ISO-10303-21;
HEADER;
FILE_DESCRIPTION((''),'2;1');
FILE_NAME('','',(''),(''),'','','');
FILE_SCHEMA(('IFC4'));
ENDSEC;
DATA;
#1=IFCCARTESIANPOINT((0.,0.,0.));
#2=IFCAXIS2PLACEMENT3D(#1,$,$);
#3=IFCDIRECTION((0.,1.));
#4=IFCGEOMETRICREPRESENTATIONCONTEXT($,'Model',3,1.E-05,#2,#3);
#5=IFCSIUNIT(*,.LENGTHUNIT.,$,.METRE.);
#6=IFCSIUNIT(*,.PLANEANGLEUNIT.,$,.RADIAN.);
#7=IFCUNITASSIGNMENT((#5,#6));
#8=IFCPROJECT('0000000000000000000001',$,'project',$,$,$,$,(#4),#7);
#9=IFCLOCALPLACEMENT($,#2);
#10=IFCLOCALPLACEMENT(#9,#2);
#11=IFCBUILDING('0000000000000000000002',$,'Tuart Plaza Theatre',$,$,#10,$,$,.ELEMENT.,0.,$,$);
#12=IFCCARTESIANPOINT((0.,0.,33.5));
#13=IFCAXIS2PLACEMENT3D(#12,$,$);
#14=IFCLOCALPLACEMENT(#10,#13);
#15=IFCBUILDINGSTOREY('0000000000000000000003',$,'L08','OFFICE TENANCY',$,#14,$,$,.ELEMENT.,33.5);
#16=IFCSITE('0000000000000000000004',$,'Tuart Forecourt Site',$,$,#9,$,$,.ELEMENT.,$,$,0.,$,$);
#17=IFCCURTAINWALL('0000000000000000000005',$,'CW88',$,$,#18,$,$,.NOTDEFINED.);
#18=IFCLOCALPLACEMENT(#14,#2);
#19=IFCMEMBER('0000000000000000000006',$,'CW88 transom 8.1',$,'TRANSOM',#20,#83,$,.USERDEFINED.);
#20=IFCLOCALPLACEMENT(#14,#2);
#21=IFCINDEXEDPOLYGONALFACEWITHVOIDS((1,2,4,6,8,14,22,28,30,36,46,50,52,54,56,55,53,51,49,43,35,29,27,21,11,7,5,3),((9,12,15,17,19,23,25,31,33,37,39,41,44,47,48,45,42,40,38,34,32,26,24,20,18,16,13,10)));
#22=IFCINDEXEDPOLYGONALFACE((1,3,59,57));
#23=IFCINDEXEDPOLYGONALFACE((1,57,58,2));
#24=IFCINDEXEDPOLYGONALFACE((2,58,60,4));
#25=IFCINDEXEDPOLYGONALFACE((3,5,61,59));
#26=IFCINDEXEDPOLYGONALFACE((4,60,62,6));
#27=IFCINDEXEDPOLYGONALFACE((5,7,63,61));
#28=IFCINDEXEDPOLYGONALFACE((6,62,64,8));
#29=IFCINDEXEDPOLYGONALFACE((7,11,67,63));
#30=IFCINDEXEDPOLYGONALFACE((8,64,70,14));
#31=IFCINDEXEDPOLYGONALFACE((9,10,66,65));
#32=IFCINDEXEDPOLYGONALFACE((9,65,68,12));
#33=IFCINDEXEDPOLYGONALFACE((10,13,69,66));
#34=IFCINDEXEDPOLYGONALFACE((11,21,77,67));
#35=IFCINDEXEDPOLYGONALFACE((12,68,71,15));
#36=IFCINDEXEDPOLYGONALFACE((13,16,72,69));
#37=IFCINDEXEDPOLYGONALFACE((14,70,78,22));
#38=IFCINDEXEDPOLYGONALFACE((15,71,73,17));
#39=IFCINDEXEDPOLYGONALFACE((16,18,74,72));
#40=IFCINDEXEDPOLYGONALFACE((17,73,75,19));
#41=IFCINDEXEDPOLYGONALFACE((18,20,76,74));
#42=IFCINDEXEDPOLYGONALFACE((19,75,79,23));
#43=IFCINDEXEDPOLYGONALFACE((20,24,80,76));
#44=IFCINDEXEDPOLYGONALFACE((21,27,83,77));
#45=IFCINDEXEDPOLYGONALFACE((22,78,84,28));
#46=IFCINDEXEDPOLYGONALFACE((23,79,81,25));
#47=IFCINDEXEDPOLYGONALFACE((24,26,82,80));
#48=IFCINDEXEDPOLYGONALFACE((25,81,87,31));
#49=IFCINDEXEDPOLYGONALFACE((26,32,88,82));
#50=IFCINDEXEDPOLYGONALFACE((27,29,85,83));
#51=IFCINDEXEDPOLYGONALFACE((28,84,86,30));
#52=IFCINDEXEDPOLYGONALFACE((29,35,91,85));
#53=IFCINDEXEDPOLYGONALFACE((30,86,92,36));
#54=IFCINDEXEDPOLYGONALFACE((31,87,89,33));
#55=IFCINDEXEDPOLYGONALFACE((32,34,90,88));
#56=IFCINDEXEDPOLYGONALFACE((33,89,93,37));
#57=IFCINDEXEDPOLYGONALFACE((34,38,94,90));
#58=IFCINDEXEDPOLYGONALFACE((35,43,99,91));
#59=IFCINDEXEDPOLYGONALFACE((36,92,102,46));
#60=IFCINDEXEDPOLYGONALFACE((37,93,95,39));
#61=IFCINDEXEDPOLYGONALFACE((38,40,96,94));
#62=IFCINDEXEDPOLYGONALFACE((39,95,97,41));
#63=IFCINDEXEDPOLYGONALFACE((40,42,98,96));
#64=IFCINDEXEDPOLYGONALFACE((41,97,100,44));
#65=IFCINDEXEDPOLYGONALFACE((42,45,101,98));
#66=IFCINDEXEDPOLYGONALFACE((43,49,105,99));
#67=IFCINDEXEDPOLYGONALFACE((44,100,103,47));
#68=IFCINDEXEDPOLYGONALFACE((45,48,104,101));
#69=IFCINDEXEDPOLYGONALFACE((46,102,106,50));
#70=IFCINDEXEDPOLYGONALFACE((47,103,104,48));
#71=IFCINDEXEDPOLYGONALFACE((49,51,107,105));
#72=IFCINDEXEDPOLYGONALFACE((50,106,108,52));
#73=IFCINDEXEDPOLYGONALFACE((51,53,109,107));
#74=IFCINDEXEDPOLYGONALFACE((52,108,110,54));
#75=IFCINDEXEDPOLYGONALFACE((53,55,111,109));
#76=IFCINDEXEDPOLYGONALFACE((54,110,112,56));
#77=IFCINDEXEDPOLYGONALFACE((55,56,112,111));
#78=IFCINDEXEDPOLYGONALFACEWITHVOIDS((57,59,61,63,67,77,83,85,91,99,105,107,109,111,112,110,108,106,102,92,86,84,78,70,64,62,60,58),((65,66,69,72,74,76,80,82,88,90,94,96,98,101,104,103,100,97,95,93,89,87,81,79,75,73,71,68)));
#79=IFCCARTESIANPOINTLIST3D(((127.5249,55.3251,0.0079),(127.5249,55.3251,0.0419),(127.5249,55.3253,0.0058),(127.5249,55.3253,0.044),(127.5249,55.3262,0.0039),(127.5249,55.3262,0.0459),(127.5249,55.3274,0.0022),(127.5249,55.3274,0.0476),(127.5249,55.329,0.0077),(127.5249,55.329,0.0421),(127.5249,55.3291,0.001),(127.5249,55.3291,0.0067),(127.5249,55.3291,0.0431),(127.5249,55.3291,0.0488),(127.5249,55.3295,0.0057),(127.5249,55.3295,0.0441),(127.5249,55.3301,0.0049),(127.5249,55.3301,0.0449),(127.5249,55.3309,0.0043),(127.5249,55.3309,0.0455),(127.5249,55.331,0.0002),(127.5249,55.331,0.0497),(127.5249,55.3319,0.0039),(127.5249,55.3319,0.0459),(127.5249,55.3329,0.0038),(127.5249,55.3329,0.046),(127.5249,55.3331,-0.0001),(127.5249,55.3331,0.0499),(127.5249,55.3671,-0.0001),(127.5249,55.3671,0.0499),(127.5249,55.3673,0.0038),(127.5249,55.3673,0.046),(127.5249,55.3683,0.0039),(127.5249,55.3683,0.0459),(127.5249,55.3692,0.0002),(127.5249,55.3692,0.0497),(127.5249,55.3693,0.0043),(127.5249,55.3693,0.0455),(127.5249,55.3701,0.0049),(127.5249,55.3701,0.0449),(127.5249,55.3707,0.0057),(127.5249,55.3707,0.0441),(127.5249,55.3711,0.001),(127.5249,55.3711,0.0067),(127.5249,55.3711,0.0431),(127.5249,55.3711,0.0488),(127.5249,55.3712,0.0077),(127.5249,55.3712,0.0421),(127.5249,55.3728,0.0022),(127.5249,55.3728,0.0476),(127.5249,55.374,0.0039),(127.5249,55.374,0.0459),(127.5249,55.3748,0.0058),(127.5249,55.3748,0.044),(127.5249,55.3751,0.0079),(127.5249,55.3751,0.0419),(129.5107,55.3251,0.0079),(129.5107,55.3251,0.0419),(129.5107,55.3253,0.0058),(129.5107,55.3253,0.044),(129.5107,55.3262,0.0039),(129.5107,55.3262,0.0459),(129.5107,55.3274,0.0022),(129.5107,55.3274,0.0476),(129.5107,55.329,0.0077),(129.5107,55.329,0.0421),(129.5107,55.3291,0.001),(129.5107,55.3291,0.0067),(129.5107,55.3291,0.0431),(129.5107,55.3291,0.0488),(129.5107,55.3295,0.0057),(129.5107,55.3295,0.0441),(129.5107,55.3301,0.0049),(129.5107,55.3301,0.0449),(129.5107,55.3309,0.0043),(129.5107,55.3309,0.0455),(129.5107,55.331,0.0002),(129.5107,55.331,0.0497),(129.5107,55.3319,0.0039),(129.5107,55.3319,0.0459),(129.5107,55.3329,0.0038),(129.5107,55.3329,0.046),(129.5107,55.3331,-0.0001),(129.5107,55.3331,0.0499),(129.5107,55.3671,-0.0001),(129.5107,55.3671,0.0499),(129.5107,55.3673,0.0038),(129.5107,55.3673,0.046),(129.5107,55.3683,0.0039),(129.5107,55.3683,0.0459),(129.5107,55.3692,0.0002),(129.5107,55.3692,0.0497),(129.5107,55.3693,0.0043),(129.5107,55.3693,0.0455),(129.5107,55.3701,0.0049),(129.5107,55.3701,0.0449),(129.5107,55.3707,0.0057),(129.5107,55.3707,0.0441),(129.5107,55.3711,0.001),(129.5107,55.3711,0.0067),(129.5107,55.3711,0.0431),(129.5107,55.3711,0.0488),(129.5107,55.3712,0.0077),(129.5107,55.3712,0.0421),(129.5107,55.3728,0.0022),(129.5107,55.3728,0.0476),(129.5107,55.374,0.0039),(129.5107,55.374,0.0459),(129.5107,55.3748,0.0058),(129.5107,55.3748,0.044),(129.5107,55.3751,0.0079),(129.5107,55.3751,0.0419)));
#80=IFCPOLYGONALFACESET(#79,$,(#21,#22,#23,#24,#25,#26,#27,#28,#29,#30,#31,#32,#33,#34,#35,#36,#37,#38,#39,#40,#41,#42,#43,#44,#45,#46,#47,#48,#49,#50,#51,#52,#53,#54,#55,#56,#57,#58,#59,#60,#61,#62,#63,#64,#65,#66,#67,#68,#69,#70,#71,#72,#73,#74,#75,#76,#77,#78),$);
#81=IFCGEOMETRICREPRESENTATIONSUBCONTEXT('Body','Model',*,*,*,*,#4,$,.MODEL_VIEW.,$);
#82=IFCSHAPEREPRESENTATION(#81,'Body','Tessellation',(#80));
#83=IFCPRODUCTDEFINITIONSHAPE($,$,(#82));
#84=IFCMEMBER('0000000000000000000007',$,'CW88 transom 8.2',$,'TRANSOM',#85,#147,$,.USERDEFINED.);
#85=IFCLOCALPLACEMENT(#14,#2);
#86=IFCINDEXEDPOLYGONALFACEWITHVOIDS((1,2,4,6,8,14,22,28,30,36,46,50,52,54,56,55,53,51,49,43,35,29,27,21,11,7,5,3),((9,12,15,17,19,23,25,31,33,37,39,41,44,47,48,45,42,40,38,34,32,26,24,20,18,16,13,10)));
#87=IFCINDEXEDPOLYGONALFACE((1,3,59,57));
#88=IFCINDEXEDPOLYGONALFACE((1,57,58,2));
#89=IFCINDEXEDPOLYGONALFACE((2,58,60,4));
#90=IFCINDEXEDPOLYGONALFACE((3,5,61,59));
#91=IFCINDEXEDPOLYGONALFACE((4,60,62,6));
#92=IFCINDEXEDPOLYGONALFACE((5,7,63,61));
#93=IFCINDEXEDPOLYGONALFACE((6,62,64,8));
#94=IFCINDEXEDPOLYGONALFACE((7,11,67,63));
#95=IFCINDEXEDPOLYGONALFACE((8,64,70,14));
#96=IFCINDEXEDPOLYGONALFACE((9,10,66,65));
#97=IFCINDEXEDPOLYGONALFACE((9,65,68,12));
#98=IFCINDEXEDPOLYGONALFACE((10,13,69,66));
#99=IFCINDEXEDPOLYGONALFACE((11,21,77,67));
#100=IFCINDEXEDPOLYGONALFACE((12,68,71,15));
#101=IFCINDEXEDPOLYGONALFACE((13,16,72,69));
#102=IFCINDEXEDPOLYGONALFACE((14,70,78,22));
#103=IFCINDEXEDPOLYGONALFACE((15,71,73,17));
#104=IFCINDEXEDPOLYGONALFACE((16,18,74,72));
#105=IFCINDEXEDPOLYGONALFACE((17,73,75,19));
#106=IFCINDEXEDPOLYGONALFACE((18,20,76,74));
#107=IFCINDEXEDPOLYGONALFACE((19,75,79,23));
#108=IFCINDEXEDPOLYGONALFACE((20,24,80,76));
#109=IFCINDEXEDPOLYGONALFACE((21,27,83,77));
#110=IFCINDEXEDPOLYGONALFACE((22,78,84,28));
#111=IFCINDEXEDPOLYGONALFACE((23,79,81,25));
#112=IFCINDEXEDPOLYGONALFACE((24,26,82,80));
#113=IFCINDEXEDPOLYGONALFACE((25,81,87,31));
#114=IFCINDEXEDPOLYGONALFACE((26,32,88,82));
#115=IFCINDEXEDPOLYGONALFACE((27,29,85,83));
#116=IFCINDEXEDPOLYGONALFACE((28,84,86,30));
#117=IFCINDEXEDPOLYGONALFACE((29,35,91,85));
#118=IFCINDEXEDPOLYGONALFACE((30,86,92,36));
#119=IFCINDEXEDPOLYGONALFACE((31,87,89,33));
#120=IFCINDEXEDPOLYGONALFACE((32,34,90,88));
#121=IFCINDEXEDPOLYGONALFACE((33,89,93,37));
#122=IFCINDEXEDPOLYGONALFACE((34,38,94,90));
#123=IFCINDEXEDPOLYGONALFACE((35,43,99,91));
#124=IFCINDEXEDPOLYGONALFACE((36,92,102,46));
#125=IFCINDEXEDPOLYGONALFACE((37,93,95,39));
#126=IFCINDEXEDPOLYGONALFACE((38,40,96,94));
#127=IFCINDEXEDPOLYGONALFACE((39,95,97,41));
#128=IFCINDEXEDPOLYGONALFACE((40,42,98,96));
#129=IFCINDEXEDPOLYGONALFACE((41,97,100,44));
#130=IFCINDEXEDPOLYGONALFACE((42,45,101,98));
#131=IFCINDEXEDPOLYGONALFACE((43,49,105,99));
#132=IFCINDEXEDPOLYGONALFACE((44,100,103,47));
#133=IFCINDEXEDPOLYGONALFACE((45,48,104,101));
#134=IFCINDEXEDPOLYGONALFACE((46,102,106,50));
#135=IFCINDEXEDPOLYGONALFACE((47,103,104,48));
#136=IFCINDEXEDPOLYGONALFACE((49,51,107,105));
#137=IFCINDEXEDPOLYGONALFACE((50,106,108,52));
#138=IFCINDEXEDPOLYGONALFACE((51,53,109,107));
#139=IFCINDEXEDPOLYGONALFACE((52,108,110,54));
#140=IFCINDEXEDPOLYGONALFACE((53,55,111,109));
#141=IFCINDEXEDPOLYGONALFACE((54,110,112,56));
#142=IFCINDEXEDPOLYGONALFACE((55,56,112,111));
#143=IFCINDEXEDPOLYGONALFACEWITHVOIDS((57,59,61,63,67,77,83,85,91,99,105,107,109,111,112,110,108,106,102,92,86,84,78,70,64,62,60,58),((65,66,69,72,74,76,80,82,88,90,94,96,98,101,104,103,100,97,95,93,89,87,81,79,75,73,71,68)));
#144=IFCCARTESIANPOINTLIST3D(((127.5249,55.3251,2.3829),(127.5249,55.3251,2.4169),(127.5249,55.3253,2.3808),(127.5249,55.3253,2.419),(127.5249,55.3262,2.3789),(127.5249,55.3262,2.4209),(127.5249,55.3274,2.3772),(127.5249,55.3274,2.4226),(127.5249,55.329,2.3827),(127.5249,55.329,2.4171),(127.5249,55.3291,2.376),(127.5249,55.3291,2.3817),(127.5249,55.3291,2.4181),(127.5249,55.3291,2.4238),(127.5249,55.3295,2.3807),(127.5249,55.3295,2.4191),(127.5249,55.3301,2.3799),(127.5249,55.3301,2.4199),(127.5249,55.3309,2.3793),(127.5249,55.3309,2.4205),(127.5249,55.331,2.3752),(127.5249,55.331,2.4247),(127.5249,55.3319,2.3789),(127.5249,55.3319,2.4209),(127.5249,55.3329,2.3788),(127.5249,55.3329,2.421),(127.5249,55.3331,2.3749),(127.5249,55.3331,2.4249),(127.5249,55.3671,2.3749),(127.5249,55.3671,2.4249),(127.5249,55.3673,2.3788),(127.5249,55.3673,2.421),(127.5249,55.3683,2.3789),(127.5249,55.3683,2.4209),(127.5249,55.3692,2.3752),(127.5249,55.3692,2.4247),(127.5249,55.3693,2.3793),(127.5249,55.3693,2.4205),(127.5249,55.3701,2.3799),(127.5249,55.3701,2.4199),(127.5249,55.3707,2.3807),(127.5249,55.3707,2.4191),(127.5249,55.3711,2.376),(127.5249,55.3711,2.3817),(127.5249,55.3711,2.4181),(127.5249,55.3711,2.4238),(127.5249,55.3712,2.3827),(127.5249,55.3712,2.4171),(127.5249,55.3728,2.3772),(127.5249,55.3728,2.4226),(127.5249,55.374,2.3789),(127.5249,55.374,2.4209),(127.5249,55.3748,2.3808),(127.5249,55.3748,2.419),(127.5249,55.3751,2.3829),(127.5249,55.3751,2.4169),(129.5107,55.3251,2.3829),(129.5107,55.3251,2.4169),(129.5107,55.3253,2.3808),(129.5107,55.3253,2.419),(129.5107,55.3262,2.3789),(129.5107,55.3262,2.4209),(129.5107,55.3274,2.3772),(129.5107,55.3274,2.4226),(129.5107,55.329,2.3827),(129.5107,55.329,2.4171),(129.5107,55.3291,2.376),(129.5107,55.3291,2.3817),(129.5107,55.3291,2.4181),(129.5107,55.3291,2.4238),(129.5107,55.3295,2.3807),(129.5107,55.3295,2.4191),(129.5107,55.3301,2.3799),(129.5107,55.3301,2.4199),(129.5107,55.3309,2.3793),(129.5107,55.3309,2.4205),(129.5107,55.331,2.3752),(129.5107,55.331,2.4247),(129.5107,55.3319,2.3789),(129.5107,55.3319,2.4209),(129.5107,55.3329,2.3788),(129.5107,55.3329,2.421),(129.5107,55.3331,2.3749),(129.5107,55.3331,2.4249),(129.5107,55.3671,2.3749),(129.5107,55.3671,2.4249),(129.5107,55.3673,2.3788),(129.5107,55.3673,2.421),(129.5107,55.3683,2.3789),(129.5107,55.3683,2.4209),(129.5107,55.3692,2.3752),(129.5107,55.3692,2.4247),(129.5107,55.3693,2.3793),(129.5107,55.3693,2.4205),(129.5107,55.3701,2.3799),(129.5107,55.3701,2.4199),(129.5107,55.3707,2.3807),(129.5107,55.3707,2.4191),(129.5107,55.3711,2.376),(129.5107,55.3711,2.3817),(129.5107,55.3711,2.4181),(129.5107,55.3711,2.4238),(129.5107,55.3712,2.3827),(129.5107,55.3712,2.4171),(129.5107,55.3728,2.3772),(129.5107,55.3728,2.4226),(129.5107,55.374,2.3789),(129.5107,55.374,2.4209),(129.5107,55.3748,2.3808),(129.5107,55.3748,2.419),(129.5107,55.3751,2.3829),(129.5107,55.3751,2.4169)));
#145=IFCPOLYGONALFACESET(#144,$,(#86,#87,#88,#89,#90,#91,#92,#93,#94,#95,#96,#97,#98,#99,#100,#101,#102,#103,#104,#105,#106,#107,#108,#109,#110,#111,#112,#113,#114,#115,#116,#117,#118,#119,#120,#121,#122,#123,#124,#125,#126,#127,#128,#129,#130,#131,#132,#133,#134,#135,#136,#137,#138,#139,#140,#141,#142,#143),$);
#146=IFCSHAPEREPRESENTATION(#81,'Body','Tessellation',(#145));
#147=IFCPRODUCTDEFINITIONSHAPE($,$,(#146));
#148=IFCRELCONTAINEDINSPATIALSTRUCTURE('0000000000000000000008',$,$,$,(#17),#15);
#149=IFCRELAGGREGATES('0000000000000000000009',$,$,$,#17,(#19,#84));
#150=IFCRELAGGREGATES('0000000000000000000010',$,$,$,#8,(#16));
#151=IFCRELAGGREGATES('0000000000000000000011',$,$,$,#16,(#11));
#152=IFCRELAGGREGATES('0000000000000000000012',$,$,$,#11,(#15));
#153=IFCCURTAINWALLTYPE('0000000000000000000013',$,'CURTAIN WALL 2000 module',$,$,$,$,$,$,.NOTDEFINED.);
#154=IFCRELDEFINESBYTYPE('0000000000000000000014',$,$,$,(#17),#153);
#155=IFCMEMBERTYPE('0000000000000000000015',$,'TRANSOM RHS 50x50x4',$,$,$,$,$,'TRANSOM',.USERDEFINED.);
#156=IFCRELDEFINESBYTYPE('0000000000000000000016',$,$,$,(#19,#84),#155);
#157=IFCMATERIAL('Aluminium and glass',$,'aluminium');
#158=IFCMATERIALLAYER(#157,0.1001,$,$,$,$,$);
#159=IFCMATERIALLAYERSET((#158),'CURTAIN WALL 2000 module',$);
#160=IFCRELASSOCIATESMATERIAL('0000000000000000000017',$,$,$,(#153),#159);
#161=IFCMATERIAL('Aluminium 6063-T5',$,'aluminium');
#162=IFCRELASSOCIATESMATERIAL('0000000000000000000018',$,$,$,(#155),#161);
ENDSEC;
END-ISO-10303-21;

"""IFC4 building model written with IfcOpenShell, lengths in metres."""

from ifc_helpers import new_model, si_unit, direction, frame, origin, origin_2d, place, context, subcontext, project, spatial, hollow_rectangle, extrude, material, layer, layer_set, material_profile, profile_set, type_object, element, aggregate, save


model = new_model("IFC4")

# Units and contexts
model_context = context("Model", 3, precision=1e-05, world=origin(), true_north=direction((0.0, 1.0)))
body_context = subcontext(model_context, "Body", "Model", "MODEL_VIEW")
ifc_project = project(units=[si_unit("LENGTHUNIT", "METRE"), si_unit("PLANEANGLEUNIT", "RADIAN")], contexts=[model_context])

# Site, building, storey
site_placement = place(None, origin())
site = spatial("IfcSite", under=ifc_project, at=site_placement, Name="Tuart Forecourt Site", CompositionType="ELEMENT", RefElevation=0.0)
building_placement = place(site_placement, origin())
building = spatial("IfcBuilding", under=site, at=building_placement, Name="Tuart Plaza Theatre", CompositionType="ELEMENT", ElevationOfRefHeight=0.0)
storey_placement = place(building_placement, frame((0.0, 0.0, 33.5)))
storey = spatial("IfcBuildingStorey", under=building, at=storey_placement, Name="L08", Description="OFFICE TENANCY", CompositionType="ELEMENT", Elevation=33.5)

# Curtain wall, members
ifc_material_1 = material(Name="Aluminium and glass", Category="aluminium")
ifc_layer_1 = layer(ifc_material_1, 0.1001)
ifc_layer_set_1 = layer_set([ifc_layer_1], Name="CURTAIN WALL 2000 module")
curtain_wall_type = type_object("IfcCurtainWallType", Name="CURTAIN WALL 2000 module", PredefinedType="NOTDEFINED", material=ifc_layer_set_1)
curtain_wall_placement = place(storey_placement, origin())
curtain_wall = element("IfcCurtainWall", 1, at=curtain_wall_placement, inside=storey, type_object=curtain_wall_type, Name="CW88", PredefinedType="NOTDEFINED")
ifc_material_2 = material(Name="Aluminium 6063-T5", Category="aluminium")
ifc_material_profile_1 = material_profile(ifc_material_2, hollow_rectangle(XDim=0.05, YDim=0.05, WallThickness=0.0039, InnerFilletRadius=0.0039, OuterFilletRadius=0.0081, at=origin_2d()), Name="RHS 50x50x4")
ifc_profile_set_1 = profile_set([ifc_material_profile_1], Name="Aluminium 6063-T5")
member_type_1 = type_object("IfcMemberType", Name="TRANSOM RHS 50x50x4", ElementType="TRANSOM", PredefinedType="USERDEFINED", material=ifc_profile_set_1)
member_1_placement = place(storey_placement, frame((127.5249, 55.3501, 0.0249), z_axis=(1.0, 0.0, 0.0), x_axis=(0.0, 1.0, 0.0)))
member_1 = element("IfcMember", 2, at=member_1_placement, type_object=member_type_1, Name="CW88 transom 8.1", ObjectType="TRANSOM", PredefinedType="USERDEFINED", context=body_context, shape_type="SweptSolid", body=[
    extrude(hollow_rectangle(XDim=0.05, YDim=0.05, WallThickness=0.0039, InnerFilletRadius=0.0039, OuterFilletRadius=0.0081, at=origin_2d()), origin(), (0.0, 0.0, 1.0), 1.9858),
])
member_2_placement = place(storey_placement, frame((127.5249, 55.3501, 2.3999), z_axis=(1.0, 0.0, 0.0), x_axis=(0.0, 1.0, 0.0)))
member_2 = element("IfcMember", 3, at=member_2_placement, type_object=member_type_1, Name="CW88 transom 8.2", ObjectType="TRANSOM", PredefinedType="USERDEFINED", context=body_context, shape_type="SweptSolid", body=[
    extrude(hollow_rectangle(XDim=0.05, YDim=0.05, WallThickness=0.0039, InnerFilletRadius=0.0039, OuterFilletRadius=0.0081, at=origin_2d()), origin(), (0.0, 0.0, 1.0), 1.9858),
])
aggregate(curtain_wall, [member_1, member_2])

save(model, "model.ifc")
